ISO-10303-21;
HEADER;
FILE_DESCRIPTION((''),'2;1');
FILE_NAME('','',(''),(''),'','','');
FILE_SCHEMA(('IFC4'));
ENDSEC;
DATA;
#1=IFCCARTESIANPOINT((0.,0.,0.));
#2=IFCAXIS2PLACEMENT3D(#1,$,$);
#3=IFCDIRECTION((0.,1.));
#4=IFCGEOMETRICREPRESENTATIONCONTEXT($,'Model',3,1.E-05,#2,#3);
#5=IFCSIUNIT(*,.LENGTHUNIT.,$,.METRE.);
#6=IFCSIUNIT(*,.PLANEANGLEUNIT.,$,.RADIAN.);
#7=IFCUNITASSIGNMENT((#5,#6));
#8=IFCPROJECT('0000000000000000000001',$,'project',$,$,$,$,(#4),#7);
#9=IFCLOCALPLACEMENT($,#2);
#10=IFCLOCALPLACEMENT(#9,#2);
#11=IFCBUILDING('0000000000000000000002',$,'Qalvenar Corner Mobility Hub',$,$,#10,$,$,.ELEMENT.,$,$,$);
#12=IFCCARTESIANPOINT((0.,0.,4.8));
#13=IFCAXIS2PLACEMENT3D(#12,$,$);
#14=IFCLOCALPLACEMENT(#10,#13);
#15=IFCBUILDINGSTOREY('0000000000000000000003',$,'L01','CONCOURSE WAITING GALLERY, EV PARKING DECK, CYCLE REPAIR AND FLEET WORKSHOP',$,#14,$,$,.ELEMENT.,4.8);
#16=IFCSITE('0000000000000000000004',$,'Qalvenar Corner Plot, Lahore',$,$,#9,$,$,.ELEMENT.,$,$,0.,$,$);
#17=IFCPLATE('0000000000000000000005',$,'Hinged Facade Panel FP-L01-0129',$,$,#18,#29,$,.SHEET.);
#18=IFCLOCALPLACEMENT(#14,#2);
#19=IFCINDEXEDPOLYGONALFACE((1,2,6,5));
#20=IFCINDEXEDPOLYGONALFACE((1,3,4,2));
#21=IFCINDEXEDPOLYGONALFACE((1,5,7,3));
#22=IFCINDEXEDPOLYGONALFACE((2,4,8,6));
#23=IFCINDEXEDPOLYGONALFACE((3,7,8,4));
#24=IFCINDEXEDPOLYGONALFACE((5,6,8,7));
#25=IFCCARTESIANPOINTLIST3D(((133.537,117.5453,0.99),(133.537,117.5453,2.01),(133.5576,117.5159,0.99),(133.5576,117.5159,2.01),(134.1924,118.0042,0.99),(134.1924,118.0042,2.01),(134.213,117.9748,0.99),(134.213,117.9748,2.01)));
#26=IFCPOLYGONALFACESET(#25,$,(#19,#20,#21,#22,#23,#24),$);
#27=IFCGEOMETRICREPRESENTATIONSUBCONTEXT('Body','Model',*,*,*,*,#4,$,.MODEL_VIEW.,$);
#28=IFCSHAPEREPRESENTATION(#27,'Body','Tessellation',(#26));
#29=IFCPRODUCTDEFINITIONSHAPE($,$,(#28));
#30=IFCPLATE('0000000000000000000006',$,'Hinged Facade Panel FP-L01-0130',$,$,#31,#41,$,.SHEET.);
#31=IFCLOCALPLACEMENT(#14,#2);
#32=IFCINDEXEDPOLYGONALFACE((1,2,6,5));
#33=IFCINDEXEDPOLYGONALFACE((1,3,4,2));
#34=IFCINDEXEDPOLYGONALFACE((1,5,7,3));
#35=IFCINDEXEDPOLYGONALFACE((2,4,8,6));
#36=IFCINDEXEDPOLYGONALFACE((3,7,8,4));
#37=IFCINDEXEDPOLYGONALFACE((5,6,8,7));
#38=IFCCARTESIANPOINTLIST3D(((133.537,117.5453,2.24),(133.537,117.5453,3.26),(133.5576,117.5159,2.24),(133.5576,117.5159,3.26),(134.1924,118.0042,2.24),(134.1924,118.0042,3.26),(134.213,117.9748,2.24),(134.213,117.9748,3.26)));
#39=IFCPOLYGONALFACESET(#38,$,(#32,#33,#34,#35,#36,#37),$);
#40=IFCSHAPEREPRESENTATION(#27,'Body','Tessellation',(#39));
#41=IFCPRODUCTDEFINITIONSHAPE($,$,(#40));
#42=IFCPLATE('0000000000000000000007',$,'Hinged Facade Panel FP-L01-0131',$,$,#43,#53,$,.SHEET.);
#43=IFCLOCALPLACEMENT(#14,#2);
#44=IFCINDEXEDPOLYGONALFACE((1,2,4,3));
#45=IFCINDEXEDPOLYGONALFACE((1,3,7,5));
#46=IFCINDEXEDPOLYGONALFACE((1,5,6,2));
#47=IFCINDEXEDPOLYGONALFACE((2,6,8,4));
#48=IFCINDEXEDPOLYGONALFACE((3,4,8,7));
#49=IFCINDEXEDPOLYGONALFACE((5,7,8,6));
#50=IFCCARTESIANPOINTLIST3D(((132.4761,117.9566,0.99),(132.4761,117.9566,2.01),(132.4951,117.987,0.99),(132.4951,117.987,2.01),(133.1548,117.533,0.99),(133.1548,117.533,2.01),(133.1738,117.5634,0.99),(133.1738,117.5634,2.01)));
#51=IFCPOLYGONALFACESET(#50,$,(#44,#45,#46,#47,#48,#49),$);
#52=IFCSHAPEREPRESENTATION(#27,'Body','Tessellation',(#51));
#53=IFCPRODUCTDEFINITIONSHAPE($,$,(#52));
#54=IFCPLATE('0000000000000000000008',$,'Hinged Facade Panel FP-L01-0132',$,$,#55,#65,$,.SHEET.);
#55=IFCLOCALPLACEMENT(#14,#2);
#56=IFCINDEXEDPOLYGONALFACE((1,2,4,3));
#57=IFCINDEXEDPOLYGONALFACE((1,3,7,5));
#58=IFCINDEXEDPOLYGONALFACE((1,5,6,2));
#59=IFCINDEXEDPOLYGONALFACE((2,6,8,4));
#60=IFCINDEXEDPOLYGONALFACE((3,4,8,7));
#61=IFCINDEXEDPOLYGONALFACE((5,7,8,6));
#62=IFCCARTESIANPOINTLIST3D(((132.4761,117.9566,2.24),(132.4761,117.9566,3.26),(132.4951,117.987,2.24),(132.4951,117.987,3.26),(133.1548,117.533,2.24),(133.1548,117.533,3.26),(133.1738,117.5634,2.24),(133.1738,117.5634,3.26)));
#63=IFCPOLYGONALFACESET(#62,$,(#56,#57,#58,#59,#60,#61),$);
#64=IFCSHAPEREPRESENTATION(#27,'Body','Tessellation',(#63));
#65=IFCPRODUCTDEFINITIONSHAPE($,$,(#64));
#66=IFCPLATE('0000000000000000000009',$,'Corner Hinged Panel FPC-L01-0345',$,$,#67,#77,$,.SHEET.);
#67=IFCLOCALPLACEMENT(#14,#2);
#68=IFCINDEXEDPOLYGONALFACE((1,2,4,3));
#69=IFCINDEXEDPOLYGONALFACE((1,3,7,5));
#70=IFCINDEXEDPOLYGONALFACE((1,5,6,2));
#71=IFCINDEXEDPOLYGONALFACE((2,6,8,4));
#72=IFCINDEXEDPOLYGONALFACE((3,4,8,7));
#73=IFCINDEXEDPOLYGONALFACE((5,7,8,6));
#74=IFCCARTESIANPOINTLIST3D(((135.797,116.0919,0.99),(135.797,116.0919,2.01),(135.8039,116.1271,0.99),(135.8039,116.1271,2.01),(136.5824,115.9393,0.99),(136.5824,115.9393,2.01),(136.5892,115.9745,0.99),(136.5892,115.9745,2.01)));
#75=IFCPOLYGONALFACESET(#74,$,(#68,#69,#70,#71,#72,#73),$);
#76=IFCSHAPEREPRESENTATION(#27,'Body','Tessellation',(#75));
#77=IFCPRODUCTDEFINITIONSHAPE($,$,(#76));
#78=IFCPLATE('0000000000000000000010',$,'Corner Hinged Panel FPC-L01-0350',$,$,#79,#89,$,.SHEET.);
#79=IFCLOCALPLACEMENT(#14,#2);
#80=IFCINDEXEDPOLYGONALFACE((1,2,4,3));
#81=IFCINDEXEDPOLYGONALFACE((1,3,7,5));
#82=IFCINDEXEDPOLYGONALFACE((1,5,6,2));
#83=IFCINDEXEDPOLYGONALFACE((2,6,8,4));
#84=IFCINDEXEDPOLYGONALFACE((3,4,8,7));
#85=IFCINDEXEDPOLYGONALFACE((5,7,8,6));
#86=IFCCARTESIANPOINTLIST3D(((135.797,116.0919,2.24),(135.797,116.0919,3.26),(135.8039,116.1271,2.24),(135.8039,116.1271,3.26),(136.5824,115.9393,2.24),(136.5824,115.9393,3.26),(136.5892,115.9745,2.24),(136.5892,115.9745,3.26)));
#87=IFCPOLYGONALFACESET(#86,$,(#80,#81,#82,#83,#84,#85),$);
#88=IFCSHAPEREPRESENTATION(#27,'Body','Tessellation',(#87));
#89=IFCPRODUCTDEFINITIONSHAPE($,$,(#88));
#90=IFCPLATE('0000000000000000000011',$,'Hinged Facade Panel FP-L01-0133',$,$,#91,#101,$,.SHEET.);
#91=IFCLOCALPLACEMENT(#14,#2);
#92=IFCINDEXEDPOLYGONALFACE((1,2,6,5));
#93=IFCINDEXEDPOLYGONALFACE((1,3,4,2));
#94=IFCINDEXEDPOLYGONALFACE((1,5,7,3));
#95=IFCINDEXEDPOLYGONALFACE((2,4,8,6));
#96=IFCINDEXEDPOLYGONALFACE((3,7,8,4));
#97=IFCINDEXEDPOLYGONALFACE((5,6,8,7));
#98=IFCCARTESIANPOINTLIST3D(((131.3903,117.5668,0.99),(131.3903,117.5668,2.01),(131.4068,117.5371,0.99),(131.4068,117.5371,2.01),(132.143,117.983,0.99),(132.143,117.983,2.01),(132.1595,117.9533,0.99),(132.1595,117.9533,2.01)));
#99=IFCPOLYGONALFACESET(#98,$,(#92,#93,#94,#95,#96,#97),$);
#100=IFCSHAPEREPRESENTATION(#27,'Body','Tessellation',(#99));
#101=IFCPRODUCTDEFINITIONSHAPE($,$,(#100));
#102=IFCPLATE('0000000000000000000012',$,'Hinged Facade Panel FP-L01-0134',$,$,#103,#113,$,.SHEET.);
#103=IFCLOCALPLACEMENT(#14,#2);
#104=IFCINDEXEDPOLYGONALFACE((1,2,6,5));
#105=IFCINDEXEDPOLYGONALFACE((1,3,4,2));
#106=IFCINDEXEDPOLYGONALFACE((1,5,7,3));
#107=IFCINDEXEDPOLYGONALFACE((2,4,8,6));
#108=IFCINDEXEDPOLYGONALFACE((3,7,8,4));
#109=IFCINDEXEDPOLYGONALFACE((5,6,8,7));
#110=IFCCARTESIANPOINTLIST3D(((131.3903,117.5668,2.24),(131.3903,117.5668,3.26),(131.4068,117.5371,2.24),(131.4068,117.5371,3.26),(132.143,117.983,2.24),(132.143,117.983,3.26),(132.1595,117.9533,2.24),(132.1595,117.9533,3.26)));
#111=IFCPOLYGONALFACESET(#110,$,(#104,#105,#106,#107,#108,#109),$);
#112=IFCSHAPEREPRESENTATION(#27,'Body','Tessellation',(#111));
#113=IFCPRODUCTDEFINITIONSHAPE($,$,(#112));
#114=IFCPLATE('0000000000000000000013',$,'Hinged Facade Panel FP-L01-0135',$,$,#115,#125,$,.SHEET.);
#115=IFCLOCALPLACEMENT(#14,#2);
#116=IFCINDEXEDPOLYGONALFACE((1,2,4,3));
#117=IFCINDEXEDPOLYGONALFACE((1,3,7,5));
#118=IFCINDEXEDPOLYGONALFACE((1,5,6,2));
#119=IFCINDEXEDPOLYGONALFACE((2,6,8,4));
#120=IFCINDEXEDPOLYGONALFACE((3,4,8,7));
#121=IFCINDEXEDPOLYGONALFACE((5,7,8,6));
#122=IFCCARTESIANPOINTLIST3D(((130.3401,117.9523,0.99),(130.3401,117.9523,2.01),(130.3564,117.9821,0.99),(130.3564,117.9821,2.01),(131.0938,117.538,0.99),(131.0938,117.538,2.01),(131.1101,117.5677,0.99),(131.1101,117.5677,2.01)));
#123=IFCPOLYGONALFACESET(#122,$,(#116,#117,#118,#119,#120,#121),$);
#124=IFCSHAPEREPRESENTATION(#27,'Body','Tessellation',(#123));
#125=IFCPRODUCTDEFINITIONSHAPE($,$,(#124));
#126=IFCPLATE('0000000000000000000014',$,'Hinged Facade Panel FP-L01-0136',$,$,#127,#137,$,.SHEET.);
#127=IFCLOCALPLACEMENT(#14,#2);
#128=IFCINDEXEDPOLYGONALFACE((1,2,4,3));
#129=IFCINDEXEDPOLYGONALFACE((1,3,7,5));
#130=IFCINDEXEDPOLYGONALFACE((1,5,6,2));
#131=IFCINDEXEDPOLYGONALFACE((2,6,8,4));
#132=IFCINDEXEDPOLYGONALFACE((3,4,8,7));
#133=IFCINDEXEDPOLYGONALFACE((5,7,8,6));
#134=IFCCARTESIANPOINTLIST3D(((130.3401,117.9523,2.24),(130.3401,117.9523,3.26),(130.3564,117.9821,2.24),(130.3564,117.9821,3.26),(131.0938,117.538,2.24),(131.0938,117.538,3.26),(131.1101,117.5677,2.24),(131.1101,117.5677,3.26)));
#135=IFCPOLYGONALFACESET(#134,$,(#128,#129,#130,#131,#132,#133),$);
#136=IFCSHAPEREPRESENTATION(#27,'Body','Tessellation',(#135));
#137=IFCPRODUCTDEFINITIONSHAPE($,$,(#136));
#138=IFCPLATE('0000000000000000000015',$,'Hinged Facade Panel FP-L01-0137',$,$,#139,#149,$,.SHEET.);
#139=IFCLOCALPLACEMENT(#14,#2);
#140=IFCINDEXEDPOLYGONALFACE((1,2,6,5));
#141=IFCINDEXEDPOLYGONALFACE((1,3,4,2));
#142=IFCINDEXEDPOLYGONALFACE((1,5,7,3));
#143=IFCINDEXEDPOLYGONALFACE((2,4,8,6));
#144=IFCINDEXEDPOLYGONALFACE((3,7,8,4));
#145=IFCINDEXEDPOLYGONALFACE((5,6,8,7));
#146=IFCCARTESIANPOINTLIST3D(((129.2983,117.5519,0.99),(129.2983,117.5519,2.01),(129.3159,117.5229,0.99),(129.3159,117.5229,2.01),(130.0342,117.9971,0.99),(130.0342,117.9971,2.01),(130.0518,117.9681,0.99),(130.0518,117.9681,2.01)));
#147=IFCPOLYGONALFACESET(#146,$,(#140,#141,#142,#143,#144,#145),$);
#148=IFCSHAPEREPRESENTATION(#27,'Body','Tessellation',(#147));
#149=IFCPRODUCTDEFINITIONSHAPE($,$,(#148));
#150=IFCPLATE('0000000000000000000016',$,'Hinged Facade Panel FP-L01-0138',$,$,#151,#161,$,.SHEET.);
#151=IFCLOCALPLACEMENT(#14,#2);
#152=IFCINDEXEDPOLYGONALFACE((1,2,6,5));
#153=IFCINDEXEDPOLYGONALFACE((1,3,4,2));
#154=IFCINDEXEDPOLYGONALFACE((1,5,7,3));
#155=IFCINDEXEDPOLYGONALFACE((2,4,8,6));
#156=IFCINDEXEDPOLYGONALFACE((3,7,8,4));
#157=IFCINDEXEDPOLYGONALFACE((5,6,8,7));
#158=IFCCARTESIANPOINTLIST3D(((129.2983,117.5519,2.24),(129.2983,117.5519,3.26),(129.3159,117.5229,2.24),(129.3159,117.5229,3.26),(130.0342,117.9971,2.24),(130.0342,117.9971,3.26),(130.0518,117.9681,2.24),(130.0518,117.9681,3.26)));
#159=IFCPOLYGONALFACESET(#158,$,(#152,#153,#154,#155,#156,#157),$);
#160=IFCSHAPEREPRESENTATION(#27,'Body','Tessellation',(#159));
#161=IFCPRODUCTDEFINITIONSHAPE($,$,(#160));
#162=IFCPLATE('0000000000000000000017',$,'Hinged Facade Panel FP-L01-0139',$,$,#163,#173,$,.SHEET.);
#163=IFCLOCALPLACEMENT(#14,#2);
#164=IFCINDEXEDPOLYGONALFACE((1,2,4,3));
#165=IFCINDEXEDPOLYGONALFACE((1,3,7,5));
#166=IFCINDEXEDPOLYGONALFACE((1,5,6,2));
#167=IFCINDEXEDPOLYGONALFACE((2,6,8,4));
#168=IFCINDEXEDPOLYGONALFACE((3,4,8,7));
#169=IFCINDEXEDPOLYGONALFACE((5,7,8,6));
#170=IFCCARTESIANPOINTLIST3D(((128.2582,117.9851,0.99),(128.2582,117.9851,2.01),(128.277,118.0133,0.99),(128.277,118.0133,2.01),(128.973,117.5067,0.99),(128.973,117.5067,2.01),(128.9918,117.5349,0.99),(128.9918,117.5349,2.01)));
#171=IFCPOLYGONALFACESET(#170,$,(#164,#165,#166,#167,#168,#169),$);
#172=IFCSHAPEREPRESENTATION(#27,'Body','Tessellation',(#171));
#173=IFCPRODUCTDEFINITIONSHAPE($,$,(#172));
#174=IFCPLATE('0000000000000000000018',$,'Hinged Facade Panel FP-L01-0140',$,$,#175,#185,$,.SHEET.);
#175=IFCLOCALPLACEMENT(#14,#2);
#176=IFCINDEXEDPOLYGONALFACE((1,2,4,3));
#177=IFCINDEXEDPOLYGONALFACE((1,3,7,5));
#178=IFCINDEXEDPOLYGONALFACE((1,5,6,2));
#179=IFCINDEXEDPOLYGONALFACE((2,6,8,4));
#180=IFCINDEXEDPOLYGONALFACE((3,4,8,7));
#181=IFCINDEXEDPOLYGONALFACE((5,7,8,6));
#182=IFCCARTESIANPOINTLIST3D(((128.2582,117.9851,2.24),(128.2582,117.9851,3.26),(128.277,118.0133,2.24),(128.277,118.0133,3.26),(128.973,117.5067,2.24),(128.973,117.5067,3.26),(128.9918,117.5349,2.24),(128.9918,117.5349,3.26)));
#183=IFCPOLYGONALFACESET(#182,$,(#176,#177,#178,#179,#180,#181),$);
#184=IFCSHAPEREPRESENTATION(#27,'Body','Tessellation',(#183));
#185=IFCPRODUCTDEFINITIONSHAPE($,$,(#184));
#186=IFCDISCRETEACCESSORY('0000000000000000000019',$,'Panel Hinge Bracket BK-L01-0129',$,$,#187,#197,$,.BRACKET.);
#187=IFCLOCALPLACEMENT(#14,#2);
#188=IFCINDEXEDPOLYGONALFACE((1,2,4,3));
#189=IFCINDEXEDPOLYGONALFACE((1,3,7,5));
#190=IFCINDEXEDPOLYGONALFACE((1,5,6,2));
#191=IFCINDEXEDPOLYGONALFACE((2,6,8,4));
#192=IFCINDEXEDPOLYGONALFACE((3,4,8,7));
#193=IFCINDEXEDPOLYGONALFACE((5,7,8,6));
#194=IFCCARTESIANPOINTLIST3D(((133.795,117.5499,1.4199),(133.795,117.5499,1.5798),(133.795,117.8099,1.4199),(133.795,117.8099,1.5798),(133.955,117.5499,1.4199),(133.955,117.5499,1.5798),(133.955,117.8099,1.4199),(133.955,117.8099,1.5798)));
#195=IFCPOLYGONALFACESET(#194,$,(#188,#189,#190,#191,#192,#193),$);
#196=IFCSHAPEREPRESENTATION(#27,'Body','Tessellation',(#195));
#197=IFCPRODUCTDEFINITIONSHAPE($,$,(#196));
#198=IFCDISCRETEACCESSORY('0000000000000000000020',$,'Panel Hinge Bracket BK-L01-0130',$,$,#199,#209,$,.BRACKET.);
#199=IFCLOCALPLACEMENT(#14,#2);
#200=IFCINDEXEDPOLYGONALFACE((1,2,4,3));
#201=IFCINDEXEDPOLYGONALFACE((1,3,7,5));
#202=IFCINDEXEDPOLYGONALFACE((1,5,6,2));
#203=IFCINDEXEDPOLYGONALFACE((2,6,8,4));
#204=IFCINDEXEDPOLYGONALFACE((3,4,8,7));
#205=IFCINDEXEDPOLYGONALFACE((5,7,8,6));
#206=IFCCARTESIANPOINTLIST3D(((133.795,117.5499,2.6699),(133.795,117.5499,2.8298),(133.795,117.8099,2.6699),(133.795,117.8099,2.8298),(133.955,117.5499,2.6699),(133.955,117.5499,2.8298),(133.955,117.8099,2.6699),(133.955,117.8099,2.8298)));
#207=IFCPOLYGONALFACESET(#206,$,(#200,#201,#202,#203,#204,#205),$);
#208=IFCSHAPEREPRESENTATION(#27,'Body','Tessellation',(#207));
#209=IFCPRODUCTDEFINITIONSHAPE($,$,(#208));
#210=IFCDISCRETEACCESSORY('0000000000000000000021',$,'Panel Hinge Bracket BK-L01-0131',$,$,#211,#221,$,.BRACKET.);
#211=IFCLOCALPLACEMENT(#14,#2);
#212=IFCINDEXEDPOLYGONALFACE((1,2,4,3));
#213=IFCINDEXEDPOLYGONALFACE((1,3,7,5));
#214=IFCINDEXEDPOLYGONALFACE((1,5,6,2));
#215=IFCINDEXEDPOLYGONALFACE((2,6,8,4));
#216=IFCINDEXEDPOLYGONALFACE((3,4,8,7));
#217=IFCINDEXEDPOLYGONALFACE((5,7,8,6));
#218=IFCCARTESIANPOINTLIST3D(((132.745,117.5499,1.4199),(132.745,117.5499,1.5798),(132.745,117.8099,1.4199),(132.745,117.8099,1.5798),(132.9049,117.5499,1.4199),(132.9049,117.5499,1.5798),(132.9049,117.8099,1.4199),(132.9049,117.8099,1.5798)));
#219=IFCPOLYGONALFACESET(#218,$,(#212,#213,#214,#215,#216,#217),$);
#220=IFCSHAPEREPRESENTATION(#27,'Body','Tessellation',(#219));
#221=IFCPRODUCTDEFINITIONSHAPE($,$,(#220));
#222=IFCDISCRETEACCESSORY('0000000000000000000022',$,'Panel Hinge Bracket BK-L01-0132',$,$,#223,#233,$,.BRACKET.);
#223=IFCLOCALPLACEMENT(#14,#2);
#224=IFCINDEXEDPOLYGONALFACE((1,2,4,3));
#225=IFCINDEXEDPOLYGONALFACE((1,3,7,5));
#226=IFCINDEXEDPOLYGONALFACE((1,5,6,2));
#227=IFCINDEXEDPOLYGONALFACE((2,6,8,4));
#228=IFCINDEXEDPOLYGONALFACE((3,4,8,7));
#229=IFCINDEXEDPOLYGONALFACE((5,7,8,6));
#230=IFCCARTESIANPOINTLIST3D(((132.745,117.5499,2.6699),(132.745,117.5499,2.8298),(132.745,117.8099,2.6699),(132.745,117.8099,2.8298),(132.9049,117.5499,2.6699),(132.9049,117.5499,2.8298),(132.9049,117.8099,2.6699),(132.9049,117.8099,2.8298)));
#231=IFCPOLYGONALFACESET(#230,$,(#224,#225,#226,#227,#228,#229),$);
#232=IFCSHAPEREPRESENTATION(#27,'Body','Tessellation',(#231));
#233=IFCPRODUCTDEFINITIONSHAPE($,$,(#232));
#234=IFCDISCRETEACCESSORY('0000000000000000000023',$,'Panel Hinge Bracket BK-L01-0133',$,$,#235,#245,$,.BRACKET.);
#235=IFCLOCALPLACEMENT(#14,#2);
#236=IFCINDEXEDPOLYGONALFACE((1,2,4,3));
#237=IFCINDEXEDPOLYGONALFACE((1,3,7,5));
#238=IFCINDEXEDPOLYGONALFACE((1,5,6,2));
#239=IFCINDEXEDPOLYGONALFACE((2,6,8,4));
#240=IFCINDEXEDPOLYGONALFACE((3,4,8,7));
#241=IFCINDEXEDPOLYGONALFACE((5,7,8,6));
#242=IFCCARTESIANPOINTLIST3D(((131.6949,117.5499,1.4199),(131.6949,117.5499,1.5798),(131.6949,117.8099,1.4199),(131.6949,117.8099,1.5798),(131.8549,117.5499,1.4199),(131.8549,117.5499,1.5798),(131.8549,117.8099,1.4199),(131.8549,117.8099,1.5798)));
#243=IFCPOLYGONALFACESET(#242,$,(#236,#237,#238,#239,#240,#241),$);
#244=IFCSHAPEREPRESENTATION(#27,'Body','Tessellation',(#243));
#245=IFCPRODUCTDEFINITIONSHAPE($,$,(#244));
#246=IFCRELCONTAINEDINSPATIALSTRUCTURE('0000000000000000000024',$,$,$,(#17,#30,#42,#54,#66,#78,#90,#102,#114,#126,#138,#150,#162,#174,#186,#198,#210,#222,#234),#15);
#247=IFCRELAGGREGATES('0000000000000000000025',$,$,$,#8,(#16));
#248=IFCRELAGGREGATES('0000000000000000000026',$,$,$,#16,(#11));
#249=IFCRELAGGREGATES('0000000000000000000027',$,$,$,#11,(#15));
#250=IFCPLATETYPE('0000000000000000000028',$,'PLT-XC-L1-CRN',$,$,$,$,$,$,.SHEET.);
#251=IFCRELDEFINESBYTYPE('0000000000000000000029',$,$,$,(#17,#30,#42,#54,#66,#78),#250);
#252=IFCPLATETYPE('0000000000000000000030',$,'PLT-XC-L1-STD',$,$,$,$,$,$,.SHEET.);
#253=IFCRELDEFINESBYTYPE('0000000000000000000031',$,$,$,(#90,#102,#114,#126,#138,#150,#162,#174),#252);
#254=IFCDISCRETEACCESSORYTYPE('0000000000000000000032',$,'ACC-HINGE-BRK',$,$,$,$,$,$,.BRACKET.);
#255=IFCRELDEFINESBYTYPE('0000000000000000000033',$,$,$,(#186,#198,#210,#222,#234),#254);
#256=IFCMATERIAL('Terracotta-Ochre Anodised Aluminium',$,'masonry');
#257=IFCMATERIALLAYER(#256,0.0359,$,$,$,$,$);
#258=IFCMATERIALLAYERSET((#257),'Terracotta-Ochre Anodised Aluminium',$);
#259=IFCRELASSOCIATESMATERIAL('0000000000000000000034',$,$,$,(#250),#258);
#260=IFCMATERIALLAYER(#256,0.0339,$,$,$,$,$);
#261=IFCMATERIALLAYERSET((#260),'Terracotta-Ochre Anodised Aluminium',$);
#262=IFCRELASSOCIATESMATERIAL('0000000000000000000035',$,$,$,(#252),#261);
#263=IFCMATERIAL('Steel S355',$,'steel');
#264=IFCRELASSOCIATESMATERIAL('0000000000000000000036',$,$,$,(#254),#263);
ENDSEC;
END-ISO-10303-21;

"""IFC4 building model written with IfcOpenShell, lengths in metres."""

from ifc_helpers import new_model, si_unit, direction, frame, origin, origin_2d, place, context, subcontext, project, spatial, rectangle, extrude, material, layer, layer_set, type_object, element, save


model = new_model("IFC4")

# Units and contexts
model_context = context("Model", 3, precision=1e-05, world=origin(), true_north=direction((0.0, 1.0)))
body_context = subcontext(model_context, "Body", "Model", "MODEL_VIEW")
ifc_project = project(units=[si_unit("LENGTHUNIT", "METRE"), si_unit("PLANEANGLEUNIT", "RADIAN")], contexts=[model_context])

# Site, building, storey
site_placement = place(None, origin())
site = spatial("IfcSite", under=ifc_project, at=site_placement, Name="Qalvenar Corner Plot, Lahore", CompositionType="ELEMENT", RefElevation=0.0)
building_placement = place(site_placement, origin())
building = spatial("IfcBuilding", under=site, at=building_placement, Name="Qalvenar Corner Mobility Hub", CompositionType="ELEMENT")
storey_placement = place(building_placement, frame((0.0, 0.0, 4.8)))
storey = spatial("IfcBuildingStorey", under=building, at=storey_placement, Name="L01", Description="CONCOURSE WAITING GALLERY, EV PARKING DECK, CYCLE REPAIR AND FLEET WORKSHOP", CompositionType="ELEMENT", Elevation=4.8)

# Shared definitions
ifc_material_1 = material(Name="Steel S355", Category="steel")

# Plates
ifc_material_2 = material(Name="Terracotta-Ochre Anodised Aluminium", Category="masonry")
ifc_layer_1 = layer(ifc_material_2, 0.0359)
ifc_layer_set_1 = layer_set([ifc_layer_1], Name="Terracotta-Ochre Anodised Aluminium")
plate_type_1 = type_object("IfcPlateType", Name="PLT-XC-L1-CRN", PredefinedType="SHEET", material=ifc_layer_set_1)
for number, where, z_axis, x_axis, name in (
    (1, (133.875, 117.76, 0.99), (0.0, 0.0, 1.0), (-0.819152, -0.573576, 0.0), "Hinged Facade Panel FP-L01-0129"),
    (2, (133.875, 117.76, 2.24), (0.0, 0.0, 1.0), (-0.819152, -0.573576, 0.0), "Hinged Facade Panel FP-L01-0130"),
    (3, (132.825, 117.76, 0.99), (0.0, 0.0, 1.0), (-0.848325, 0.529475, 0.0), "Hinged Facade Panel FP-L01-0131"),
    (4, (132.825, 117.76, 2.24), (0.0, 0.0, 1.0), (-0.848325, 0.529475, 0.0), "Hinged Facade Panel FP-L01-0132"),
    (5, (136.1931, 116.0332, 0.99), (0.0, 0.0, 1.0), (-0.981627, 0.190809, 0.0), "Corner Hinged Panel FPC-L01-0345"),
    (6, (136.1931, 116.0332, 2.24), (0.0, 0.0, 1.0), (-0.981627, 0.190809, 0.0), "Corner Hinged Panel FPC-L01-0350"),
):
    element("IfcPlate", number, at=place(storey_placement, frame(where, z_axis=z_axis, x_axis=x_axis)), inside=storey, type_object=plate_type_1, Name=name, PredefinedType="SHEET", context=body_context, shape_type="SweptSolid", body=[
        extrude(rectangle(XDim=0.8, YDim=0.0359, at=origin_2d()), origin(), (0.0, 0.0, 1.0), 1.02),
    ])
ifc_layer_2 = layer(ifc_material_2, 0.0339)
ifc_layer_set_2 = layer_set([ifc_layer_2], Name="Terracotta-Ochre Anodised Aluminium")
plate_type_2 = type_object("IfcPlateType", Name="PLT-XC-L1-STD", PredefinedType="SHEET", material=ifc_layer_set_2)
for number, where, z_axis, x_axis, name in (
    (7, (131.7749, 117.76, 0.99), (0.0, 0.0, 1.0), (-0.875127, -0.483893, 0.0), "Hinged Facade Panel FP-L01-0133"),
    (8, (131.7749, 117.76, 2.24), (0.0, 0.0, 1.0), (-0.875127, -0.483893, 0.0), "Hinged Facade Panel FP-L01-0134"),
    (9, (130.7251, 117.76, 0.99), (0.0, 0.0, 1.0), (-0.876307, 0.481754, 0.0), "Hinged Facade Panel FP-L01-0135"),
    (10, (130.7251, 117.76, 2.24), (0.0, 0.0, 1.0), (-0.876307, 0.481754, 0.0), "Hinged Facade Panel FP-L01-0136"),
    (11, (129.675, 117.76, 0.99), (0.0, 0.0, 1.0), (-0.855635, -0.517579, 0.0), "Hinged Facade Panel FP-L01-0137"),
    (12, (129.675, 117.76, 2.24), (0.0, 0.0, 1.0), (-0.855635, -0.517579, 0.0), "Hinged Facade Panel FP-L01-0138"),
    (13, (128.625, 117.76, 0.99), (0.0, 0.0, 1.0), (-0.831082, 0.556151, 0.0), "Hinged Facade Panel FP-L01-0139"),
    (14, (128.625, 117.76, 2.24), (0.0, 0.0, 1.0), (-0.831082, 0.556151, 0.0), "Hinged Facade Panel FP-L01-0140"),
):
    element("IfcPlate", number, at=place(storey_placement, frame(where, z_axis=z_axis, x_axis=x_axis)), inside=storey, type_object=plate_type_2, Name=name, PredefinedType="SHEET", context=body_context, shape_type="SweptSolid", body=[
        extrude(rectangle(XDim=0.8601, YDim=0.0339, at=origin_2d()), origin(), (0.0, 0.0, 1.0), 1.02),
    ])

# Discrete accessories
discrete_accessory_type = type_object("IfcDiscreteAccessoryType", Name="ACC-HINGE-BRK", PredefinedType="BRACKET", material=ifc_material_1)
for number, where, z_axis, x_axis, name in (
    (15, (133.875, 117.6799, 1.4199), (0.0, 0.0, 1.0), (-1.0, 0.0, 0.0), "Panel Hinge Bracket BK-L01-0129"),
    (16, (133.875, 117.6799, 2.6699), (0.0, 0.0, 1.0), (-1.0, 0.0, 0.0), "Panel Hinge Bracket BK-L01-0130"),
    (17, (132.825, 117.6799, 1.4199), (0.0, 0.0, 1.0), (-1.0, 0.0, 0.0), "Panel Hinge Bracket BK-L01-0131"),
    (18, (132.825, 117.6799, 2.6699), (0.0, 0.0, 1.0), (-1.0, 0.0, 0.0), "Panel Hinge Bracket BK-L01-0132"),
    (19, (131.7749, 117.6799, 1.4199), (0.0, 0.0, 1.0), (-1.0, 0.0, 0.0), "Panel Hinge Bracket BK-L01-0133"),
):
    element("IfcDiscreteAccessory", number, at=place(storey_placement, frame(where, z_axis=z_axis, x_axis=x_axis)), inside=storey, type_object=discrete_accessory_type, Name=name, PredefinedType="BRACKET", context=body_context, shape_type="SweptSolid", body=[
        extrude(rectangle(XDim=0.1599, YDim=0.26, at=origin_2d()), origin(), (0.0, 0.0, 1.0), 0.1599),
    ])

save(model, "model.ifc")
